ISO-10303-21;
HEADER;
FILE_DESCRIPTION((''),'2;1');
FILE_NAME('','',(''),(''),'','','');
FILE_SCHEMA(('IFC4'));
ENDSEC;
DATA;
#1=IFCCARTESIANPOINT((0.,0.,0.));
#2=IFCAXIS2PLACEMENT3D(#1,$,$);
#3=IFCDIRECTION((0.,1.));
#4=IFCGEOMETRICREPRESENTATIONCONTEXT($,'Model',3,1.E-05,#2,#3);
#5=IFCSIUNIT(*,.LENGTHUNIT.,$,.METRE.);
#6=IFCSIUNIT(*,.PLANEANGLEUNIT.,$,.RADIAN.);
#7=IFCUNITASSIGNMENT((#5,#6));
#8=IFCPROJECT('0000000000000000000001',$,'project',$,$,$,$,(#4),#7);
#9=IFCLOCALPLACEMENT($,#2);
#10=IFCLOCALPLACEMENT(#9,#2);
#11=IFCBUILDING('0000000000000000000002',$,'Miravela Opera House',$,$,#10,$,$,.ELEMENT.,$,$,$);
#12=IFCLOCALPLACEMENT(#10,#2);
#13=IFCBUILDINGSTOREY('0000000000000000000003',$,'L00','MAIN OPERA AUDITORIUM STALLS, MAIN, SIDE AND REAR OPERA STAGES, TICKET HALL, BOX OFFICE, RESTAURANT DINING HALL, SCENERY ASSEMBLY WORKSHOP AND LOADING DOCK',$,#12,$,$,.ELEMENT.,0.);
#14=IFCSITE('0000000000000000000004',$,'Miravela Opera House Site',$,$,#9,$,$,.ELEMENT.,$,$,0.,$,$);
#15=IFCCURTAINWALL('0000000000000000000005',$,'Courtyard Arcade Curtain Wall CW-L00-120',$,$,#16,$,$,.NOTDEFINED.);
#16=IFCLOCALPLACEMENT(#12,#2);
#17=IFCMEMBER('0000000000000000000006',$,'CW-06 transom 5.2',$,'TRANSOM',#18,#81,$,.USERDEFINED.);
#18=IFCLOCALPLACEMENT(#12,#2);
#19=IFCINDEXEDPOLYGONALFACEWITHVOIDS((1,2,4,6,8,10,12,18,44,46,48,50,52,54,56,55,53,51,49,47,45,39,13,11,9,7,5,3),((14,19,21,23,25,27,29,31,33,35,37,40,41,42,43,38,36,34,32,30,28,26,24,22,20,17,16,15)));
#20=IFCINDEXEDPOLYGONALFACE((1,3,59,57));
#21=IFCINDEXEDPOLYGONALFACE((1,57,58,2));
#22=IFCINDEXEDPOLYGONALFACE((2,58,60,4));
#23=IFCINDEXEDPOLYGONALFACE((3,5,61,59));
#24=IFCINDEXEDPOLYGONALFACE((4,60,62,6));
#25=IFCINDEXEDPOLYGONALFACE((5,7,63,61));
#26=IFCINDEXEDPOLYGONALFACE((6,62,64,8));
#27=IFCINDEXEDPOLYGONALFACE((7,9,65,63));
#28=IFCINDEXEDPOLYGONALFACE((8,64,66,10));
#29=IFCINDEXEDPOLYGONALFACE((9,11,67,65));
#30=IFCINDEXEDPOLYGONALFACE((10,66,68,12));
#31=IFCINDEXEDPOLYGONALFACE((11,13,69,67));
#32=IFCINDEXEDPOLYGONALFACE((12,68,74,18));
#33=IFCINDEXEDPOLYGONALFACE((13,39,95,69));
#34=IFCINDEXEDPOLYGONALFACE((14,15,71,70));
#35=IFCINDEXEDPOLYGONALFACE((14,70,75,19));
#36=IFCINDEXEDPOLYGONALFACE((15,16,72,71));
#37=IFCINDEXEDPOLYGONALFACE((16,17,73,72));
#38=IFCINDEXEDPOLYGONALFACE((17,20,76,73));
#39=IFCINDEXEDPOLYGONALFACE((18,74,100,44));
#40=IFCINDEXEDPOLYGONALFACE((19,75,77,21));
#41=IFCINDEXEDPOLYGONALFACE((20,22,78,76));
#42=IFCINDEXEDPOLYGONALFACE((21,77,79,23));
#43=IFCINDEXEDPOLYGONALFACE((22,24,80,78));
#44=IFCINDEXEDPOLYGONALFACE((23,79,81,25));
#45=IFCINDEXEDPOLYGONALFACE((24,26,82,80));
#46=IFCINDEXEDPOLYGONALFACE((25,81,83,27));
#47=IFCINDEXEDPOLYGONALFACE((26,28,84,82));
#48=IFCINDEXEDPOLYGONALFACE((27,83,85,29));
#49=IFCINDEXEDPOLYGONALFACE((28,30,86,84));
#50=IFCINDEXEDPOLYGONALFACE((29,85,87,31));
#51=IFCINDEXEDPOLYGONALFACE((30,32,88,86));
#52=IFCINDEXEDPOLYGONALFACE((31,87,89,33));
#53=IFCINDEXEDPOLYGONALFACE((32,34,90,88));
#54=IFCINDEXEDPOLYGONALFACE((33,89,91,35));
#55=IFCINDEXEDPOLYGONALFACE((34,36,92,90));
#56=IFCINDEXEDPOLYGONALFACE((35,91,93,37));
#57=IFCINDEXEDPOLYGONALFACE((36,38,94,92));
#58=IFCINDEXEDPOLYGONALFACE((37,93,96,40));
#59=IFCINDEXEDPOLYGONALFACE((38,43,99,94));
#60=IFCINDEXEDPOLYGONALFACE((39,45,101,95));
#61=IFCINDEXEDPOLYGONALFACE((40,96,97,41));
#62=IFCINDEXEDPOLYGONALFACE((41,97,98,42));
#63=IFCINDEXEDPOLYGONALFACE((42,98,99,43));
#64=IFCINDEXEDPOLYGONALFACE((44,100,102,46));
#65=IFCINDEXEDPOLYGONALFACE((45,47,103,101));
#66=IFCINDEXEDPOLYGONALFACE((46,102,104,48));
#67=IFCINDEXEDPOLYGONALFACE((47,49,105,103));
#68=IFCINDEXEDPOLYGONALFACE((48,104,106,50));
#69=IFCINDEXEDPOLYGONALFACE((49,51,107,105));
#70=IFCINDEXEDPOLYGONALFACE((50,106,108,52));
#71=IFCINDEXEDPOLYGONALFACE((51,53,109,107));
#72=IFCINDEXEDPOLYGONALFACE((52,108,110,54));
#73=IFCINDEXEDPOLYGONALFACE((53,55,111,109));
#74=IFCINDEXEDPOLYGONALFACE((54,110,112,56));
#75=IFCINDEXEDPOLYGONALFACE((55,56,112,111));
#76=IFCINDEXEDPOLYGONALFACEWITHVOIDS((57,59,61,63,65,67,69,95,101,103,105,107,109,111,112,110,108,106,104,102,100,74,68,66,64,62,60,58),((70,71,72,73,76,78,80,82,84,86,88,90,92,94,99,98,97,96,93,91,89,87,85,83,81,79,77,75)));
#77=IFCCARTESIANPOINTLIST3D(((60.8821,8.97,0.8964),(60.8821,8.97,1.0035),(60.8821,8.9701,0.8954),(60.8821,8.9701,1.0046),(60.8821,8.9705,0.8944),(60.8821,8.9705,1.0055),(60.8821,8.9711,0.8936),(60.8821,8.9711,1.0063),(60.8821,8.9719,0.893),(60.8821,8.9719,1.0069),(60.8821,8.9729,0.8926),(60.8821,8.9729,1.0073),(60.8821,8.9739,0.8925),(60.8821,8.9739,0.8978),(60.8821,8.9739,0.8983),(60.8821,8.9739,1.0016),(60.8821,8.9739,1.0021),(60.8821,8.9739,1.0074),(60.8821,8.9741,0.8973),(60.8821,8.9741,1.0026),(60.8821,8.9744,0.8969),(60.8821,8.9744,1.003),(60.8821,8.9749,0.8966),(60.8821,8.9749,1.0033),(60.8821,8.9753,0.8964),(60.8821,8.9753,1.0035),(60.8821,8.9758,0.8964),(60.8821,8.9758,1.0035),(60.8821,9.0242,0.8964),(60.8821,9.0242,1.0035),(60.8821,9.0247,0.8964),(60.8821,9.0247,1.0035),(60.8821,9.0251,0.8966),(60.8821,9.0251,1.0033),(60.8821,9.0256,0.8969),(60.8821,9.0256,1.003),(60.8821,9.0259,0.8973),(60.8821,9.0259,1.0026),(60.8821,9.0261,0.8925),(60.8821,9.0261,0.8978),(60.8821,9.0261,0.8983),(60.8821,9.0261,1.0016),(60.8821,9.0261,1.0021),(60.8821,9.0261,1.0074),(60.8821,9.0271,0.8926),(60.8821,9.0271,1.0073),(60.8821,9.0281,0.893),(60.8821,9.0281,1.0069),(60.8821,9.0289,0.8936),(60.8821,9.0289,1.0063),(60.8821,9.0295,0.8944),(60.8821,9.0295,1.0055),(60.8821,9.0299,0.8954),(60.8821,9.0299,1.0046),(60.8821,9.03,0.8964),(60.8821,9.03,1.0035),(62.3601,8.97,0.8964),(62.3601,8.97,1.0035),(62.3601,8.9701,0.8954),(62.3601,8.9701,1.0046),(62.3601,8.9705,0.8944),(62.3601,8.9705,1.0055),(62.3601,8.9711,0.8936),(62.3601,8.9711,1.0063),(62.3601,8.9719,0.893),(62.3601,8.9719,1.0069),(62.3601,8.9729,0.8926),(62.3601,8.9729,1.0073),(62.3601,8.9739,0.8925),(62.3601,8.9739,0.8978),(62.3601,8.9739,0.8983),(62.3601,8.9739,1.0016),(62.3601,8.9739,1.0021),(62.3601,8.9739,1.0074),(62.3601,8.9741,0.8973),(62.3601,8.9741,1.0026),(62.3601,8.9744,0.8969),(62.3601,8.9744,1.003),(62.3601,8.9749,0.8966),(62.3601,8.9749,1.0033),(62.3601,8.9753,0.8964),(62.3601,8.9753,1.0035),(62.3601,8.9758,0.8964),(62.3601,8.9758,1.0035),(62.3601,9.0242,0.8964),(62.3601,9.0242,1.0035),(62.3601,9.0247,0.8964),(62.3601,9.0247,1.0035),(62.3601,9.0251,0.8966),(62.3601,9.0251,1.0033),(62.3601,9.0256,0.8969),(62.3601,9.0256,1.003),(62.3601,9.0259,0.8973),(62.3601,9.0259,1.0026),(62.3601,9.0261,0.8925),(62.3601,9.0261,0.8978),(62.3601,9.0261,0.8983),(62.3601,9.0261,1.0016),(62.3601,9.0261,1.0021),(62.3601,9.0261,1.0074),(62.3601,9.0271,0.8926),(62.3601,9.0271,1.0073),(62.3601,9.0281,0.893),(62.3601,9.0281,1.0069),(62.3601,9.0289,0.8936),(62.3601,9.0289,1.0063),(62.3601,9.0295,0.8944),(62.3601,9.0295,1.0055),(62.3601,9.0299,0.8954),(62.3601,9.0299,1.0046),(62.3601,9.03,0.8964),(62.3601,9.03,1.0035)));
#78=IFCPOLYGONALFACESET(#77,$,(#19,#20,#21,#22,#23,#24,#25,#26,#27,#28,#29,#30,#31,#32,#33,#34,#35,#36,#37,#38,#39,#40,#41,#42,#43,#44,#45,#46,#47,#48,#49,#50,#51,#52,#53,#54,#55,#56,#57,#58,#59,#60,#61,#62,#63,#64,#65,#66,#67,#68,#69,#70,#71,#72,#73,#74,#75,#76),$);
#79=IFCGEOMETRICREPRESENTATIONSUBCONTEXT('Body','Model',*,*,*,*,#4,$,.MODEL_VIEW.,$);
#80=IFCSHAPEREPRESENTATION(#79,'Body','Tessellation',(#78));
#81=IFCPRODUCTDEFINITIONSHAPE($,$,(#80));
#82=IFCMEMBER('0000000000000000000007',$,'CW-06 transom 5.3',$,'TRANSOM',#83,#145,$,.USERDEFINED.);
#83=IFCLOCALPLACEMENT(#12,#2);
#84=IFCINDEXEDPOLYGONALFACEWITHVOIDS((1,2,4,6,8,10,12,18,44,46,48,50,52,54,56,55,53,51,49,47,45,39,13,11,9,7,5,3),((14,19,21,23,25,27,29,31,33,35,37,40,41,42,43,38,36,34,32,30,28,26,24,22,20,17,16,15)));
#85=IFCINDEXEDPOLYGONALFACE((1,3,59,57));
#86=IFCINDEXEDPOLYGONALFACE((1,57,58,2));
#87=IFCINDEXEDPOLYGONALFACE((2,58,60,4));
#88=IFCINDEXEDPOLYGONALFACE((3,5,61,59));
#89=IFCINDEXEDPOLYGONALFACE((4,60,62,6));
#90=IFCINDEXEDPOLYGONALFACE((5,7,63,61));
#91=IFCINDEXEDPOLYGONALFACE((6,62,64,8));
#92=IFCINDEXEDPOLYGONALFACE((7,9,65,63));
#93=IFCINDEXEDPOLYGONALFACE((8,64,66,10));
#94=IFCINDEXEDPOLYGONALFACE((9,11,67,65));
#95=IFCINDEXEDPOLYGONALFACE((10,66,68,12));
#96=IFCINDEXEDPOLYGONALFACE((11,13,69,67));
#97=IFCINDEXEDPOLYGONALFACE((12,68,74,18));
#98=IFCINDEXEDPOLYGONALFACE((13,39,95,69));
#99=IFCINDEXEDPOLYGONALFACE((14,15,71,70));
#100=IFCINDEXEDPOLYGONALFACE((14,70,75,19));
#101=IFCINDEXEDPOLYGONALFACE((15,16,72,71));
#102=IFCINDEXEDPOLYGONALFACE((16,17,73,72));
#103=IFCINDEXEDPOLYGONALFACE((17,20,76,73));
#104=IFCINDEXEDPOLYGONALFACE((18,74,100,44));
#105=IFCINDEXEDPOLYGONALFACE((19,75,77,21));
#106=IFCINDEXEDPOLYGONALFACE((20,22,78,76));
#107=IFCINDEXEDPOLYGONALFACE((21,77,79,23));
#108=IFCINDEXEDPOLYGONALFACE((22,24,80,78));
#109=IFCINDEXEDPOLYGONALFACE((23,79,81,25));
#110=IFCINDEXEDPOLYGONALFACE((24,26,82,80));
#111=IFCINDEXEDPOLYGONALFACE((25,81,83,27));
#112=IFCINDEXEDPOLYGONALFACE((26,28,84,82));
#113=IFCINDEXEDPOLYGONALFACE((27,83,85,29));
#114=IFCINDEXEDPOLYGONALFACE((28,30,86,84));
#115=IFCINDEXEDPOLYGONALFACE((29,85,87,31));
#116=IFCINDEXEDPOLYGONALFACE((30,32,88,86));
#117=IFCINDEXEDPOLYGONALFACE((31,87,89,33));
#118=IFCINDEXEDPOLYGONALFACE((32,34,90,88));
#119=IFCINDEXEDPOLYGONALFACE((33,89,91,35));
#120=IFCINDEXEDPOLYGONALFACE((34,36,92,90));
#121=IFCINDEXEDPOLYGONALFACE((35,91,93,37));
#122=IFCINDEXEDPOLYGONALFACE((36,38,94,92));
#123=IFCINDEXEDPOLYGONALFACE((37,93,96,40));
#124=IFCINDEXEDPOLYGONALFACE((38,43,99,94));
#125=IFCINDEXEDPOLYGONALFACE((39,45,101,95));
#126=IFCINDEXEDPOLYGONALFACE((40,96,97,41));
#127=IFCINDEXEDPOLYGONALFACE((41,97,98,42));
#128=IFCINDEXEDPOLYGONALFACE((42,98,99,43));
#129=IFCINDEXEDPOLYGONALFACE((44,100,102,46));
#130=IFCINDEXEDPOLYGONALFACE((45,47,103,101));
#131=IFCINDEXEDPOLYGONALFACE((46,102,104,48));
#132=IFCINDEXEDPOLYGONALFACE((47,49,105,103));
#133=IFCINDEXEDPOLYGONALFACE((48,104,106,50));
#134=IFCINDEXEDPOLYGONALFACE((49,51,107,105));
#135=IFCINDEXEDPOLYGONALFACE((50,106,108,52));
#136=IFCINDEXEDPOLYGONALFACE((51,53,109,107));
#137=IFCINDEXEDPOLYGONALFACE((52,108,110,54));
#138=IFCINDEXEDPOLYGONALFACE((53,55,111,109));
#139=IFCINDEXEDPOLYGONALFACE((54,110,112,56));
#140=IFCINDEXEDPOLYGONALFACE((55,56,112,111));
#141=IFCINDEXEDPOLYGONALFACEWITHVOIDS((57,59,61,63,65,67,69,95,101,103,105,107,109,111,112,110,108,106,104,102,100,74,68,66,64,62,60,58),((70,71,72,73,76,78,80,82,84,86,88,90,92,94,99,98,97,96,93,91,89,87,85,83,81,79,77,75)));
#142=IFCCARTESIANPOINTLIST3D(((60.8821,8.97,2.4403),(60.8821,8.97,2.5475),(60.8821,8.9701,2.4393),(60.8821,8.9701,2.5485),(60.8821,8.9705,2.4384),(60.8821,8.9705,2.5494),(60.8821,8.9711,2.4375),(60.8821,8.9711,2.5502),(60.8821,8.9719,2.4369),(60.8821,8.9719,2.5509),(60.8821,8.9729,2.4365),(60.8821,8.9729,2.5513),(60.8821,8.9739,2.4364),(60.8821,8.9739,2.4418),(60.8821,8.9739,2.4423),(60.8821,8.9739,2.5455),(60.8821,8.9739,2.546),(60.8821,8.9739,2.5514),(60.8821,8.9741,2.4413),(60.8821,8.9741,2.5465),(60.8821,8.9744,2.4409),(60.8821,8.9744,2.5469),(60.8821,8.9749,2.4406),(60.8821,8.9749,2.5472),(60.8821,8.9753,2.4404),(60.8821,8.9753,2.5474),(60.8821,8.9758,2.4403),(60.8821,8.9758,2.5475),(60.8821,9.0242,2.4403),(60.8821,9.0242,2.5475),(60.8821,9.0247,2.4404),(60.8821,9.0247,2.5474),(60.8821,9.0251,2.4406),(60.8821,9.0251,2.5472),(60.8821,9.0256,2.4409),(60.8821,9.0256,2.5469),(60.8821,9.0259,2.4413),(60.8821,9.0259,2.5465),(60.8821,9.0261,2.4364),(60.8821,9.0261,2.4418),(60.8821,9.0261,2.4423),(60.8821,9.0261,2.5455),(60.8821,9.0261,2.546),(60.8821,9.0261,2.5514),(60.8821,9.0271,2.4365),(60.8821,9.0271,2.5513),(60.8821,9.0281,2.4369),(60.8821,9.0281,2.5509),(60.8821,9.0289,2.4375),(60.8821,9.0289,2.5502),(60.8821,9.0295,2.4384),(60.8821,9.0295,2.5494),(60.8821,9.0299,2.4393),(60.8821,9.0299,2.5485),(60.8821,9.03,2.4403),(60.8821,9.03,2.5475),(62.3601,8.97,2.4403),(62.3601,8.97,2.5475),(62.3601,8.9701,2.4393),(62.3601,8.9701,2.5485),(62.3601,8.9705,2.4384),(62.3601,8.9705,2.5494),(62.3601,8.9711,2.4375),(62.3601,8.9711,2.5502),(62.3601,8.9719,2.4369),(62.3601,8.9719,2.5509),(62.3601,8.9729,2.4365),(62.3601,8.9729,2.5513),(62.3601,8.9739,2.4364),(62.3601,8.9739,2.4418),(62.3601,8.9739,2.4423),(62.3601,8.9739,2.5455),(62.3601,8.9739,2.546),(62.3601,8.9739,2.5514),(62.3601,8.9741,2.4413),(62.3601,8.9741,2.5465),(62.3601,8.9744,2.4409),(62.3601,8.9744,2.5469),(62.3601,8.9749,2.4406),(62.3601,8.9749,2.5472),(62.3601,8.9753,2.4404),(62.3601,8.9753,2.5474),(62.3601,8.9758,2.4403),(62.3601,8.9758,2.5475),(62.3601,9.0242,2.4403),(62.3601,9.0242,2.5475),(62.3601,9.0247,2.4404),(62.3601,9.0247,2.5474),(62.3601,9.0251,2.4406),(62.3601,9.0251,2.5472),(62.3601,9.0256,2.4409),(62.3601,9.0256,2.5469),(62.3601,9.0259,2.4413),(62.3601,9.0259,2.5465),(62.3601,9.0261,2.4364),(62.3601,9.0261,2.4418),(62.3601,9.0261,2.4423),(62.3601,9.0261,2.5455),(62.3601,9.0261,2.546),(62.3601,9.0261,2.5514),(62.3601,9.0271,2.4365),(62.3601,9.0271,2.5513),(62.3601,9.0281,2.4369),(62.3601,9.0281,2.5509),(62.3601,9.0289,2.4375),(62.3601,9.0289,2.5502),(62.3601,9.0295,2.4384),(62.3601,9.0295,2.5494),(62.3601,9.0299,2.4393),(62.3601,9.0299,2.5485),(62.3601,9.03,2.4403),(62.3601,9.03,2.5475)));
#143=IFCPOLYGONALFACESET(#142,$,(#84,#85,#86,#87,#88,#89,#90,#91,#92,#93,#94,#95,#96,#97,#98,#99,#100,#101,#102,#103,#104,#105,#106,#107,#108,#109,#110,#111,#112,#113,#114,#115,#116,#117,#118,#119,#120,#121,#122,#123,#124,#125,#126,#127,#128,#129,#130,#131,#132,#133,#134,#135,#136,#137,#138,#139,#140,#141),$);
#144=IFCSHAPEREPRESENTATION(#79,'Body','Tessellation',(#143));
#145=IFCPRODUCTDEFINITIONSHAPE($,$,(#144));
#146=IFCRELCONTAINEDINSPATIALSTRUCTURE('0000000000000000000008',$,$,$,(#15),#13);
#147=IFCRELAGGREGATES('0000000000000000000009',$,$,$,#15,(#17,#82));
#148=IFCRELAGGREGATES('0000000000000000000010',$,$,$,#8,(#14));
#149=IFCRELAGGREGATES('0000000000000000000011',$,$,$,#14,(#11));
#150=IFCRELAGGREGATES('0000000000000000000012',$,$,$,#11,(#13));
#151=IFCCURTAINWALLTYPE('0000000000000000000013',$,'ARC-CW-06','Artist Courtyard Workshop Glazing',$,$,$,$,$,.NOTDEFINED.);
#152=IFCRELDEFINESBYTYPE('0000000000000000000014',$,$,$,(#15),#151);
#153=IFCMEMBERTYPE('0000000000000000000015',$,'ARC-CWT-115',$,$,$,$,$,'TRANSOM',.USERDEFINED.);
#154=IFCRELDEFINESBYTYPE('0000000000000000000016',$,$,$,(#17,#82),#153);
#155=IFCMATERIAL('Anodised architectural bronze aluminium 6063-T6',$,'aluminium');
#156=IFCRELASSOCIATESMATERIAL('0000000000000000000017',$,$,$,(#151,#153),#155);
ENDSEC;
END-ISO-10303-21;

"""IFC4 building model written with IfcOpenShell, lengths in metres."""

from ifc_helpers import new_model, si_unit, direction, frame, origin, origin_2d, place, context, subcontext, project, spatial, hollow_rectangle, extrude, material, material_profile, profile_set, type_object, element, aggregate, save


model = new_model("IFC4")

# Units and contexts
model_context = context("Model", 3, precision=1e-05, world=origin(), true_north=direction((0.0, 1.0)))
body_context = subcontext(model_context, "Body", "Model", "MODEL_VIEW")
ifc_project = project(units=[si_unit("LENGTHUNIT", "METRE"), si_unit("PLANEANGLEUNIT", "RADIAN")], contexts=[model_context])

# Site, building, storey
site_placement = place(None, origin())
site = spatial("IfcSite", under=ifc_project, at=site_placement, Name="Miravela Opera House Site", CompositionType="ELEMENT", RefElevation=0.0)
building_placement = place(site_placement, origin())
building = spatial("IfcBuilding", under=site, at=building_placement, Name="Miravela Opera House", CompositionType="ELEMENT")
storey_placement = place(building_placement, origin())
storey = spatial("IfcBuildingStorey", under=building, at=storey_placement, Name="L00", Description="MAIN OPERA AUDITORIUM STALLS, MAIN, SIDE AND REAR OPERA STAGES, TICKET HALL, BOX OFFICE, RESTAURANT DINING HALL, SCENERY ASSEMBLY WORKSHOP AND LOADING DOCK", CompositionType="ELEMENT", Elevation=0.0)

# Curtain wall, members
ifc_material_1 = material(Name="Anodised architectural bronze aluminium 6063-T6", Category="aluminium")
curtain_wall_type = type_object("IfcCurtainWallType", Name="ARC-CW-06", Description="Artist Courtyard Workshop Glazing", PredefinedType="NOTDEFINED", material=ifc_material_1)
curtain_wall_placement = place(storey_placement, origin())
curtain_wall = element("IfcCurtainWall", 1, at=curtain_wall_placement, inside=storey, type_object=curtain_wall_type, Name="Courtyard Arcade Curtain Wall CW-L00-120", PredefinedType="NOTDEFINED")
ifc_material_profile_1 = material_profile(ifc_material_1, hollow_rectangle(XDim=0.0601, YDim=0.115, WallThickness=0.0039, InnerFilletRadius=0.002, OuterFilletRadius=0.0039, at=origin_2d()), Name="CWT-60X115")
ifc_profile_set_1 = profile_set([ifc_material_profile_1])
member_type_1 = type_object("IfcMemberType", Name="ARC-CWT-115", ElementType="TRANSOM", PredefinedType="USERDEFINED", material=ifc_profile_set_1)
member_1_placement = place(storey_placement, frame((60.8821, 9.0, 0.95), z_axis=(1.0, 0.0, 0.0), x_axis=(0.0, 1.0, 0.0)))
member_1 = element("IfcMember", 2, at=member_1_placement, type_object=member_type_1, Name="CW-06 transom 5.2", ObjectType="TRANSOM", PredefinedType="USERDEFINED", context=body_context, shape_type="SweptSolid", body=[
    extrude(hollow_rectangle(XDim=0.0601, YDim=0.115, WallThickness=0.0039, InnerFilletRadius=0.002, OuterFilletRadius=0.0039, at=origin_2d()), origin(), (0.0, 0.0, 1.0), 1.478),
])
member_2_placement = place(storey_placement, frame((60.8821, 9.0, 2.4939), z_axis=(1.0, 0.0, 0.0), x_axis=(0.0, 1.0, 0.0)))
member_2 = element("IfcMember", 3, at=member_2_placement, type_object=member_type_1, Name="CW-06 transom 5.3", ObjectType="TRANSOM", PredefinedType="USERDEFINED", context=body_context, shape_type="SweptSolid", body=[
    extrude(hollow_rectangle(XDim=0.0601, YDim=0.115, WallThickness=0.0039, InnerFilletRadius=0.002, OuterFilletRadius=0.0039, at=origin_2d()), origin(), (0.0, 0.0, 1.0), 1.478),
])

aggregate(curtain_wall, [member_1, member_2])

save(model, "model.ifc")
